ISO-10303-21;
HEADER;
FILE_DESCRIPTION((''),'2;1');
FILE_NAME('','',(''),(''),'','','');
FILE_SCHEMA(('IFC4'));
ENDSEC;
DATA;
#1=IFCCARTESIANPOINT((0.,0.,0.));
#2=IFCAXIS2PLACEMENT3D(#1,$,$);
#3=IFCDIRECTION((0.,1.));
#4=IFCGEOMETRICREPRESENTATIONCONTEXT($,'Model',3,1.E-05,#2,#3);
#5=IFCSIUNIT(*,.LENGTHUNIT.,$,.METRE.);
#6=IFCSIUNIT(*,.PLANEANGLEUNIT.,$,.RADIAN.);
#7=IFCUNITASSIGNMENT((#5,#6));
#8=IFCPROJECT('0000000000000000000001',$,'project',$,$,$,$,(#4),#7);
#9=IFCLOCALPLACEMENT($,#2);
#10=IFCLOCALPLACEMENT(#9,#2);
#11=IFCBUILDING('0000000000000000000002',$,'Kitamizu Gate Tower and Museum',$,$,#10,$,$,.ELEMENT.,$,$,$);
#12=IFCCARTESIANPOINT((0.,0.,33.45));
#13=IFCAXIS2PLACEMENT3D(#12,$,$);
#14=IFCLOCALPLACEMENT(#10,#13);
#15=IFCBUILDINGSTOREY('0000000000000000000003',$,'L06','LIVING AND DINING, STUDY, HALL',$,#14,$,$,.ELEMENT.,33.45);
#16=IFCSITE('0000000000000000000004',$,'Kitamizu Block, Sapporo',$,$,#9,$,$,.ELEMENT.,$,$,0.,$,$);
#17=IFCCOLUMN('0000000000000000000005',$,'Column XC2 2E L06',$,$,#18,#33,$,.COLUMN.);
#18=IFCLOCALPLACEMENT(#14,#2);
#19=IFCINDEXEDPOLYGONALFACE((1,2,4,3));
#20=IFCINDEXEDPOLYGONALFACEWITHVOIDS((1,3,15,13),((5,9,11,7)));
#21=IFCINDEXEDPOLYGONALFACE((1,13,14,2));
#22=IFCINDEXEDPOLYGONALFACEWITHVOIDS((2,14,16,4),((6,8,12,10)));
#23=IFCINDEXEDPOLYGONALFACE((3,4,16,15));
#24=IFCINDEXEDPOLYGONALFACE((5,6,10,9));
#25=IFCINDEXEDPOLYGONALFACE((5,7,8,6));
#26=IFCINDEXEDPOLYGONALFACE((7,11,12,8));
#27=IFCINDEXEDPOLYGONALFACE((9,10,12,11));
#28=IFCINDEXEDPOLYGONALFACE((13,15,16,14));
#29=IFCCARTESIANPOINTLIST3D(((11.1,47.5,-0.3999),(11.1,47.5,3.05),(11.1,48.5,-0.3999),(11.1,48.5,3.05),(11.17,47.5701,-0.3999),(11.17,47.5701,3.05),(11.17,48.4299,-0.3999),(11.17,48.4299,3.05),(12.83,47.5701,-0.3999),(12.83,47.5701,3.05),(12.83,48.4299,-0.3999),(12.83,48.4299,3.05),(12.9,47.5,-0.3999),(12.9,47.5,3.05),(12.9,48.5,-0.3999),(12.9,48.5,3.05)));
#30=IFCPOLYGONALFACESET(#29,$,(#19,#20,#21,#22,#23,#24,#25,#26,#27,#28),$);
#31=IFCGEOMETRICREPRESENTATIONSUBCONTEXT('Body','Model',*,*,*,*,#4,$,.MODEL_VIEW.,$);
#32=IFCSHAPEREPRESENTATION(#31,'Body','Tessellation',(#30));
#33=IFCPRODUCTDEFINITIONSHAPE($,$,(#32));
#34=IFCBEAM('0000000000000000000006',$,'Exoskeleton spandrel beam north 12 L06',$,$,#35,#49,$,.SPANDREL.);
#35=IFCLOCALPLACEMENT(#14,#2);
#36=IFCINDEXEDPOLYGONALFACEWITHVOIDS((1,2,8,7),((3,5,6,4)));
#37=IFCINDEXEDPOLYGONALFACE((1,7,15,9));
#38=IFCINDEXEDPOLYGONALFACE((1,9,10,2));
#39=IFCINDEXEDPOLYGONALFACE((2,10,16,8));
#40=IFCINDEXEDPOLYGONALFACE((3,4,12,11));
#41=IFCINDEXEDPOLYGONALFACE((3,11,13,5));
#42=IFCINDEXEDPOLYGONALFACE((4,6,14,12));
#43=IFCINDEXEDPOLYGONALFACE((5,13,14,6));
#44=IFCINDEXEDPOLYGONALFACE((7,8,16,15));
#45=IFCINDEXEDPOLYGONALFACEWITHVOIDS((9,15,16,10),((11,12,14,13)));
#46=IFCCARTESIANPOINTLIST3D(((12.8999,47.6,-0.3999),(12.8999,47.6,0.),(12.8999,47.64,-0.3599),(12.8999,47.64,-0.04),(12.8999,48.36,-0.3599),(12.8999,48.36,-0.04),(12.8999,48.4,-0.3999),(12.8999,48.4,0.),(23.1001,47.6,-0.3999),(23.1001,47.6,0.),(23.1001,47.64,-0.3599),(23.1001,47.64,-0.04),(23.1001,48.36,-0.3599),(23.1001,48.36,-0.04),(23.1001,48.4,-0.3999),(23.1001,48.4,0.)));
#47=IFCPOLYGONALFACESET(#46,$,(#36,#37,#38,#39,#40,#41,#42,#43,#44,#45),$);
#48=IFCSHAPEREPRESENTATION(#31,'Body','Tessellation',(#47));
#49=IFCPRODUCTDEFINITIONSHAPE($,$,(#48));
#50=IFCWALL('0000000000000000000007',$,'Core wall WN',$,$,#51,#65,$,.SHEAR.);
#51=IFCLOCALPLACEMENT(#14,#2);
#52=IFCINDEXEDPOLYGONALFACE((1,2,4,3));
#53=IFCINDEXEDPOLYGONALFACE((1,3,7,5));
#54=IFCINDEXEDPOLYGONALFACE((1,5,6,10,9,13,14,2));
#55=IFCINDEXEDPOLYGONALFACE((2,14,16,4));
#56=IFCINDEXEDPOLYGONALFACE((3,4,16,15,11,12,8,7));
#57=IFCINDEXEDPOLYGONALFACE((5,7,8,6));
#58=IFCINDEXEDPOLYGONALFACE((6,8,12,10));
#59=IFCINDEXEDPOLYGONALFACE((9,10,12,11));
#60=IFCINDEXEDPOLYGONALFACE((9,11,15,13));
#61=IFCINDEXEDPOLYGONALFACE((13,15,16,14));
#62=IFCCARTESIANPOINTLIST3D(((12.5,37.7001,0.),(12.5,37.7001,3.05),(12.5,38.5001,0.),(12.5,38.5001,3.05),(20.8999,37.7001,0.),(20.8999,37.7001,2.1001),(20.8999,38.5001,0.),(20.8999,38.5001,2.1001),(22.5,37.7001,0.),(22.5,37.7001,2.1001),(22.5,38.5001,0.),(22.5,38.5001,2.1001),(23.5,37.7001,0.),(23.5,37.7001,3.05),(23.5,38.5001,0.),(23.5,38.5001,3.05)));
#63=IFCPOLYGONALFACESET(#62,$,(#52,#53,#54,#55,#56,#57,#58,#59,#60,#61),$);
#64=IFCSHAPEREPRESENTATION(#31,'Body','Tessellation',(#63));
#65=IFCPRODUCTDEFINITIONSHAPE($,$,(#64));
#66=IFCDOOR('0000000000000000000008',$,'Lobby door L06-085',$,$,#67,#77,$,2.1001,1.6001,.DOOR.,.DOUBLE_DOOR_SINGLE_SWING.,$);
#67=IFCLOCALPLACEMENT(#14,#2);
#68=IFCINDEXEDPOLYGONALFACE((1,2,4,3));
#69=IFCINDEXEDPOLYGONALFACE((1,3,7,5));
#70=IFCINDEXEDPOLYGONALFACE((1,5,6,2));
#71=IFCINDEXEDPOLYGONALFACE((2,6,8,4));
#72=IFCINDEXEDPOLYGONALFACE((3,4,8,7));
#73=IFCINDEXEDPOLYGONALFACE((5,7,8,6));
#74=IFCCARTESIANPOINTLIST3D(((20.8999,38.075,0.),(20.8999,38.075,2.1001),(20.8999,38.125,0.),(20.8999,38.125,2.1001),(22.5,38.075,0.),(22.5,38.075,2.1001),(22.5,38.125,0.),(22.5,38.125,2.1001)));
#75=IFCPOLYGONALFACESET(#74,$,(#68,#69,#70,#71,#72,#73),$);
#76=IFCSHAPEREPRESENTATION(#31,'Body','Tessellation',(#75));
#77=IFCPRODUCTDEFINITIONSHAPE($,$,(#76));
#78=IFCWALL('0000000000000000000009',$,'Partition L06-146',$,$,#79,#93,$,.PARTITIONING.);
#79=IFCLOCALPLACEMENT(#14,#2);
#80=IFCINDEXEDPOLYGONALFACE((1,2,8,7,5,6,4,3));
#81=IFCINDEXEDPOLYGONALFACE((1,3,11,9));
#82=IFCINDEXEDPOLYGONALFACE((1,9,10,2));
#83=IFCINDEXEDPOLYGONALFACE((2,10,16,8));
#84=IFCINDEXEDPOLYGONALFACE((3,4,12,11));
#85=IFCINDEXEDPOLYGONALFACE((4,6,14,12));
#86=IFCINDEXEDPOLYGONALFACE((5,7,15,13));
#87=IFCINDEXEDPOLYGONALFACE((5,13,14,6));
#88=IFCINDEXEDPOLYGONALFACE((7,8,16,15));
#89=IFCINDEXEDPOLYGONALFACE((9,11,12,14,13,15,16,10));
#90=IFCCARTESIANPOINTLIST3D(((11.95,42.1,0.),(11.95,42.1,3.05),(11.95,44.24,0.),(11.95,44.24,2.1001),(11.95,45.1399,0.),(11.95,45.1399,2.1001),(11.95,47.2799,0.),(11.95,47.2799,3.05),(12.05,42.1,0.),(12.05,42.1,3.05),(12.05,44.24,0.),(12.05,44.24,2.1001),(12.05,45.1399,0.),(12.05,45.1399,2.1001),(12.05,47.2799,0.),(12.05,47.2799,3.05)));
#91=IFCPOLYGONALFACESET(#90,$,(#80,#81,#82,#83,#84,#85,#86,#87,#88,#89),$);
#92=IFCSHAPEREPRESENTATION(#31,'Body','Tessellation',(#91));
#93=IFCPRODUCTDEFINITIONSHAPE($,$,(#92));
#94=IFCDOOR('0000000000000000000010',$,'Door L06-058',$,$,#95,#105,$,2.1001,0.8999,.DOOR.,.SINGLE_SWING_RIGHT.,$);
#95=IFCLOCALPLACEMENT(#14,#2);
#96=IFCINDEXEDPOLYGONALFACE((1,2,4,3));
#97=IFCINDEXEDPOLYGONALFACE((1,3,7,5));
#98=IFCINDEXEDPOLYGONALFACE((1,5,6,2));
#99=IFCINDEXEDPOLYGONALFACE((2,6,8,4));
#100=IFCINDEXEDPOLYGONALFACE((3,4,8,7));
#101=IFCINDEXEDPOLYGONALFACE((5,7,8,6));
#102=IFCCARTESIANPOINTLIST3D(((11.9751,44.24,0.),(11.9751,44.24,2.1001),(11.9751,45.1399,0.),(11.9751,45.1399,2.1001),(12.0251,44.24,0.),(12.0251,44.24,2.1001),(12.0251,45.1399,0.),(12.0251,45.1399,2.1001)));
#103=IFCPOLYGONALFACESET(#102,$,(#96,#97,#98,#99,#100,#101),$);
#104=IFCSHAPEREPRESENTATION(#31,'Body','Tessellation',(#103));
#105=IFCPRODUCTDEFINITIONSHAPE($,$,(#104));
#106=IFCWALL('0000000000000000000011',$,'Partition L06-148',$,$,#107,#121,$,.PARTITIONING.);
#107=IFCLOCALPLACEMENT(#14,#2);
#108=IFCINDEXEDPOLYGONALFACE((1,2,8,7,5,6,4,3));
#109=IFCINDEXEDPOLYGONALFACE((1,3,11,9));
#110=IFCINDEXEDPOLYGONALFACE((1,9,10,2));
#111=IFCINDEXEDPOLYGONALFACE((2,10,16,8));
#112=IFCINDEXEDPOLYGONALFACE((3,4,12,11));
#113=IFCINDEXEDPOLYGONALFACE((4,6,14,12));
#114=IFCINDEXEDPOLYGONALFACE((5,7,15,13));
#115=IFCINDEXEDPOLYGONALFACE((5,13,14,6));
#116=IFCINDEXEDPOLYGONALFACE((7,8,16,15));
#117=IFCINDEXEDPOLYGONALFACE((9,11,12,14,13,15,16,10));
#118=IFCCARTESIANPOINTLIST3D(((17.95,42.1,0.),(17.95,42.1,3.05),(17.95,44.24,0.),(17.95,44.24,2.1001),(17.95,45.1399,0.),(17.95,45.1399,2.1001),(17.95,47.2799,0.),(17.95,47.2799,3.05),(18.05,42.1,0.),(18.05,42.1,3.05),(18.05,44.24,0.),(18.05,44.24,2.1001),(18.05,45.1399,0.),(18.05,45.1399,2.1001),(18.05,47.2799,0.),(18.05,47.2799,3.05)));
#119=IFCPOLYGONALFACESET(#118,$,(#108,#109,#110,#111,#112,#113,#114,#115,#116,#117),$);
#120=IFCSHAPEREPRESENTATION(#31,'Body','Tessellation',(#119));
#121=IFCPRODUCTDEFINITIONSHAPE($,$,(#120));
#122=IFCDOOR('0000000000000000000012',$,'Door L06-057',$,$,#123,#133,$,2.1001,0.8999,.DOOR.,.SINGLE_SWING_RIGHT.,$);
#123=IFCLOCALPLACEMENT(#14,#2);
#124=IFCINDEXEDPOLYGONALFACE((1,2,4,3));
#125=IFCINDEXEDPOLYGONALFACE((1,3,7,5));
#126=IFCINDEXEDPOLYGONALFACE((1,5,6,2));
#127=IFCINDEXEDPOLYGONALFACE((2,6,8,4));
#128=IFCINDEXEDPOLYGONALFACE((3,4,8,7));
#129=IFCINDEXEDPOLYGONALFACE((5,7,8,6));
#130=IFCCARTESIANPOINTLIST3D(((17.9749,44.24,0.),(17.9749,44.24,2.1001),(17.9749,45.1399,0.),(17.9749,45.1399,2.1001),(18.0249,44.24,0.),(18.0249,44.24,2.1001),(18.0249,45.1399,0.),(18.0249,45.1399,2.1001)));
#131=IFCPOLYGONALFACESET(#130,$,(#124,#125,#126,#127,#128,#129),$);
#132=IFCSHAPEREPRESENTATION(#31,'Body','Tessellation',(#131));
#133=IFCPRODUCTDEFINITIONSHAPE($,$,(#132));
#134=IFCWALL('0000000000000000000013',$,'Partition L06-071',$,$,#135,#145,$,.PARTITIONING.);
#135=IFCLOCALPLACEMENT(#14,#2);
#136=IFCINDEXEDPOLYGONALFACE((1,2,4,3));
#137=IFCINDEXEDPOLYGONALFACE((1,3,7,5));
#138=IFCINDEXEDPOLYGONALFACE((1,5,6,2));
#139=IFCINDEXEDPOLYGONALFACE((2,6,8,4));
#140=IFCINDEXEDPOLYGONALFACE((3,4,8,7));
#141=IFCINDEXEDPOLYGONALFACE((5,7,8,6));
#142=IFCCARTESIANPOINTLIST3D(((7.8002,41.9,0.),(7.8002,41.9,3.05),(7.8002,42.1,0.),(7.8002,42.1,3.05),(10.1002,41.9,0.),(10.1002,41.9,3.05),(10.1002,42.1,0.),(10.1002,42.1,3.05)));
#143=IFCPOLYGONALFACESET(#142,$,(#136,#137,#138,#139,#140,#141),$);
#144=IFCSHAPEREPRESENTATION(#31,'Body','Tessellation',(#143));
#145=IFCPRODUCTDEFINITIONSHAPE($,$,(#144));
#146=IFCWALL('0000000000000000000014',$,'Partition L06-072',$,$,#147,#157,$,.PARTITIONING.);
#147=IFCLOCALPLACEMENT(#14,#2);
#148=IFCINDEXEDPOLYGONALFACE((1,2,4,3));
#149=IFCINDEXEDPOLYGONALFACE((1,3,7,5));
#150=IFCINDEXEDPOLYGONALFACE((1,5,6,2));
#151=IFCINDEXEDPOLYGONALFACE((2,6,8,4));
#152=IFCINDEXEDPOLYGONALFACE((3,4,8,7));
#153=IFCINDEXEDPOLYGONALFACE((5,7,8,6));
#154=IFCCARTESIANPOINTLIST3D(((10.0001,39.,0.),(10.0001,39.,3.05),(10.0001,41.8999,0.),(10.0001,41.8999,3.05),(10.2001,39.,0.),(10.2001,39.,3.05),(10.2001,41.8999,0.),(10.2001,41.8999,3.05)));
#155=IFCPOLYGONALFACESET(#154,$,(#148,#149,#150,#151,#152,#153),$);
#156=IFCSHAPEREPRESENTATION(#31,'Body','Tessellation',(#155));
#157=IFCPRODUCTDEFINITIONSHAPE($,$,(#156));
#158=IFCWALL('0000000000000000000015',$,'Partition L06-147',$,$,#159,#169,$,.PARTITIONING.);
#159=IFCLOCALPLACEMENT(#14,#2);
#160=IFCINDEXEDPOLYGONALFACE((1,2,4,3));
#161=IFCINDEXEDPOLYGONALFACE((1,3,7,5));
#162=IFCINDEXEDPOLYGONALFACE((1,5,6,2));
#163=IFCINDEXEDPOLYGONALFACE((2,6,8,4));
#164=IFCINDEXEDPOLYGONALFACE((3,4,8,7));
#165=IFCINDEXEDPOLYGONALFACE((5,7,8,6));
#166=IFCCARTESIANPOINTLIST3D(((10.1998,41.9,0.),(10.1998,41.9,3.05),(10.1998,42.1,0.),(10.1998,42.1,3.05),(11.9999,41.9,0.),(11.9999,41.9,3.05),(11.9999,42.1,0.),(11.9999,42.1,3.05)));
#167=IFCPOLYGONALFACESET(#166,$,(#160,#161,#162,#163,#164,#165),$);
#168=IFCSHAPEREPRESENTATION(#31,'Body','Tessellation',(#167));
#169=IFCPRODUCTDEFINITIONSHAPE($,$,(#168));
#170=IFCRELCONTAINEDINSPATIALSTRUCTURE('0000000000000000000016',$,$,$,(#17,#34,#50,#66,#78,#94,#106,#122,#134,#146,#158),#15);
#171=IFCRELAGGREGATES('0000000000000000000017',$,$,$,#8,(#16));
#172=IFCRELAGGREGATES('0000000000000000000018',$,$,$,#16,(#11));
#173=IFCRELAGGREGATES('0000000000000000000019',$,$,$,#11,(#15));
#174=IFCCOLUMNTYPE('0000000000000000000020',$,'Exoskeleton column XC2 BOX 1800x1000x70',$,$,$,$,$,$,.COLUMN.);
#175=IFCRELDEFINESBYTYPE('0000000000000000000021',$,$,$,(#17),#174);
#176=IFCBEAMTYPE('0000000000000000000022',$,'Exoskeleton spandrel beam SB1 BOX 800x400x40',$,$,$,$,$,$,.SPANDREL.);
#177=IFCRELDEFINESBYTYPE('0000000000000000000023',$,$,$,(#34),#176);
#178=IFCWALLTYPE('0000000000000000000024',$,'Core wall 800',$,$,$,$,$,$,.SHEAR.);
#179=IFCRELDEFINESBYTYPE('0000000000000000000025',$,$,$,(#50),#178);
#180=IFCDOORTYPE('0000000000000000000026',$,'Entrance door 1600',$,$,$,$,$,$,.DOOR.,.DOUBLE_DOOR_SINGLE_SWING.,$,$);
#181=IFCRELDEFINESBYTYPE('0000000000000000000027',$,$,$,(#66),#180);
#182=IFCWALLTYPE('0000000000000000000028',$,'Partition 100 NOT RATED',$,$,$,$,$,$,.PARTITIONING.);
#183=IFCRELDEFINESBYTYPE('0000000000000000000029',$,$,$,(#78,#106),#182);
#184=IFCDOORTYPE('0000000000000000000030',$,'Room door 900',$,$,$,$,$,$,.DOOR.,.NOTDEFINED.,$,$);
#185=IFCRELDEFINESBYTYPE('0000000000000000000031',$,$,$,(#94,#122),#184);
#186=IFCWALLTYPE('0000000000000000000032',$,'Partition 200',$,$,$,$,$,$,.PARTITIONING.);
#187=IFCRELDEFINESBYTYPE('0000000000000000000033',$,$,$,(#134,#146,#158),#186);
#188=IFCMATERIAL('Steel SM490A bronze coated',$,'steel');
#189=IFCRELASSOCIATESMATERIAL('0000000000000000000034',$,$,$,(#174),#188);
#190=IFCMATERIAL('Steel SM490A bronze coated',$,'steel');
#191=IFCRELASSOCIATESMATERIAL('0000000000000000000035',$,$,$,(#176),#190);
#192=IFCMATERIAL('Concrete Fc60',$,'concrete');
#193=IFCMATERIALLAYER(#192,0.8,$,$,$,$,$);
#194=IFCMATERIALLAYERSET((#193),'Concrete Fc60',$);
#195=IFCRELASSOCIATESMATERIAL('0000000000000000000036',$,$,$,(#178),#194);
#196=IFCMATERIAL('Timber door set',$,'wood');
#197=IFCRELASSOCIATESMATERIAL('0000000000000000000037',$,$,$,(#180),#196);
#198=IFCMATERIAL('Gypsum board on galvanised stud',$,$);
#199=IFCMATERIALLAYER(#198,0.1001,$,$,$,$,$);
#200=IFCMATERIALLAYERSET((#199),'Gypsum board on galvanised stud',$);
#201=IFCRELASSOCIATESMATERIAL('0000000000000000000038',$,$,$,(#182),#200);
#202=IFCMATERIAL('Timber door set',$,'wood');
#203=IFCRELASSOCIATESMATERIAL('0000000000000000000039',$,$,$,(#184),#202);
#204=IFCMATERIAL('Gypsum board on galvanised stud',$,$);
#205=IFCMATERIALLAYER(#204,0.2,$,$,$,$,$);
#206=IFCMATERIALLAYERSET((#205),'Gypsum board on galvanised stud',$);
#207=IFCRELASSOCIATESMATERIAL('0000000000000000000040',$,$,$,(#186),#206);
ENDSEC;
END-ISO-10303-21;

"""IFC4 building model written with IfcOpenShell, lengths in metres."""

from ifc_helpers import new_model, si_unit, direction, frame, frame_2d, origin, origin_2d, place, context, subcontext, project, spatial, rectangle, hollow_rectangle, extrude, material, layer, layer_set, material_profile, profile_set, type_object, element, fill, save


model = new_model("IFC4")

# Units and contexts
model_context = context("Model", 3, precision=1e-05, world=origin(), true_north=direction((0.0, 1.0)))
body_context = subcontext(model_context, "Body", "Model", "MODEL_VIEW")
ifc_project = project(units=[si_unit("LENGTHUNIT", "METRE"), si_unit("PLANEANGLEUNIT", "RADIAN")], contexts=[model_context])

# Site, building, storey
site_placement = place(None, origin())
site = spatial("IfcSite", under=ifc_project, at=site_placement, Name="Kitamizu Block, Sapporo", CompositionType="ELEMENT", RefElevation=0.0)
building_placement = place(site_placement, origin())
building = spatial("IfcBuilding", under=site, at=building_placement, Name="Kitamizu Gate Tower and Museum", CompositionType="ELEMENT")
storey_placement = place(building_placement, frame((0.0, 0.0, 33.45)))
storey = spatial("IfcBuildingStorey", under=building, at=storey_placement, Name="L06", Description="LIVING AND DINING, STUDY, HALL", CompositionType="ELEMENT", Elevation=33.45)

# Column
ifc_material_1 = material(Name="Steel SM490A bronze coated", Category="steel")
ifc_material_profile_1 = material_profile(ifc_material_1, hollow_rectangle(XDim=1.8, YDim=1.0, WallThickness=0.0701, at=origin_2d()), Name="BOX 1800x1000x70")
ifc_profile_set_1 = profile_set([ifc_material_profile_1], Name="Steel SM490A bronze coated")
column_type = type_object("IfcColumnType", Name="Exoskeleton column XC2 BOX 1800x1000x70", PredefinedType="COLUMN", material=ifc_profile_set_1)
column_placement = place(storey_placement, frame((12.0, 48.0, -0.3999), z_axis=(0.0, 0.0, 1.0), x_axis=(1.0, 0.0, 0.0)))
element("IfcColumn", 1, at=column_placement, inside=storey, type_object=column_type, Name="Column XC2 2E L06", PredefinedType="COLUMN", context=body_context, shape_type="SweptSolid", body=[
    extrude(hollow_rectangle(XDim=1.8, YDim=1.0, WallThickness=0.0701, at=origin_2d()), origin(), (0.0, 0.0, 1.0), 3.45),
])

# Beam
ifc_material_2 = material(Name="Steel SM490A bronze coated", Category="steel")
ifc_material_profile_2 = material_profile(ifc_material_2, hollow_rectangle(XDim=0.8, YDim=0.3999, WallThickness=0.04, at=origin_2d()), Name="BOX 800x400x40")
ifc_profile_set_2 = profile_set([ifc_material_profile_2], Name="Steel SM490A bronze coated")
beam_type = type_object("IfcBeamType", Name="Exoskeleton spandrel beam SB1 BOX 800x400x40", PredefinedType="SPANDREL", material=ifc_profile_set_2)
beam_placement = place(storey_placement, frame((12.8999, 48.0, -0.2), z_axis=(1.0, 0.0, 0.0), x_axis=(0.0, 1.0, 0.0)))
element("IfcBeam", 2, at=beam_placement, inside=storey, type_object=beam_type, Name="Exoskeleton spandrel beam north 12 L06", PredefinedType="SPANDREL", context=body_context, shape_type="SweptSolid", body=[
    extrude(hollow_rectangle(XDim=0.8, YDim=0.3999, WallThickness=0.04, at=origin_2d()), origin(), (0.0, 0.0, 1.0), 10.2002),
])

# Walls, openings, doors
ifc_material_3 = material(Name="Concrete Fc60", Category="concrete")
ifc_layer_1 = layer(ifc_material_3, 0.8)
ifc_layer_set_1 = layer_set([ifc_layer_1], Name="Concrete Fc60")
wall_type_1 = type_object("IfcWallType", Name="Core wall 800", PredefinedType="SHEAR", material=ifc_layer_set_1)
wall_1_placement = place(storey_placement, frame((12.5, 38.1001, 0.0), z_axis=(0.0, 0.0, 1.0), x_axis=(1.0, 0.0, 0.0)))
wall_1 = element("IfcWall", 3, at=wall_1_placement, inside=storey, type_object=wall_type_1, Name="Core wall WN", PredefinedType="SHEAR", context=body_context, shape_type="SweptSolid", body=[
    extrude(rectangle(XDim=11.0, YDim=0.8, at=frame_2d((5.5, 0.0))), origin(), (0.0, 0.0, 1.0), 3.05),
])
opening_1_placement = place(wall_1_placement, frame((8.3999, 0.0, 0.0)))
opening_1 = element("IfcOpeningElement", 4, at=opening_1_placement, cuts=wall_1, PredefinedType="OPENING", context=body_context, shape_type="SweptSolid", body=[
    extrude(rectangle(XDim=1.6001, YDim=2.1001, at=frame_2d((0.8, 1.05))), frame((0.0, 0.4102, 0.0), z_axis=(0.0, -1.0, 0.0), x_axis=(1.0, 0.0, 0.0)), (0.0, 0.0, 1.0), 0.8201),
])
ifc_material_4 = material(Name="Timber door set", Category="wood")
door_type_1 = type_object("IfcDoorType", Name="Entrance door 1600", OperationType="DOUBLE_DOOR_SINGLE_SWING", PredefinedType="DOOR", material=ifc_material_4)
door_1_placement = place(opening_1_placement, origin())
door_1 = element("IfcDoor", 5, at=door_1_placement, inside=storey, type_object=door_type_1, Name="Lobby door L06-085", OperationType="DOUBLE_DOOR_SINGLE_SWING", OverallHeight=2.1001, OverallWidth=1.6001, PredefinedType="DOOR", context=body_context, shape_type="SweptSolid", body=[
    extrude(rectangle(XDim=1.6001, YDim=2.1001, at=frame_2d((0.8, 1.05))), frame((0.0, 0.0249, 0.0), z_axis=(0.0, -1.0, 0.0), x_axis=(1.0, 0.0, 0.0)), (0.0, 0.0, 1.0), 0.05),
])
fill(opening_1, door_1)
ifc_material_5 = material(Name="Gypsum board on galvanised stud")
ifc_layer_2 = layer(ifc_material_5, 0.1001)
ifc_layer_set_2 = layer_set([ifc_layer_2], Name="Gypsum board on galvanised stud")
wall_type_2 = type_object("IfcWallType", Name="Partition 100 NOT RATED", PredefinedType="PARTITIONING", material=ifc_layer_set_2)
wall_2_placement = place(storey_placement, frame((12.0, 42.1001, 0.0), z_axis=(0.0, 0.0, 1.0), x_axis=(0.0, 1.0, 0.0)))
wall_2 = element("IfcWall", 6, at=wall_2_placement, inside=storey, type_object=wall_type_2, Name="Partition L06-146", PredefinedType="PARTITIONING", context=body_context, shape_type="SweptSolid", body=[
    extrude(rectangle(XDim=5.1799, YDim=0.1001, at=frame_2d((2.5898, 0.0))), origin(), (0.0, 0.0, 1.0), 3.05),
])
opening_2_placement = place(wall_2_placement, frame((2.1399, 0.0, 0.0)))
opening_2 = element("IfcOpeningElement", 7, at=opening_2_placement, cuts=wall_2, PredefinedType="OPENING", context=body_context, shape_type="SweptSolid", body=[
    extrude(rectangle(XDim=0.8999, YDim=2.1001, at=frame_2d((0.45, 1.05))), frame((0.0, 0.0601, 0.0), z_axis=(0.0, -1.0, 0.0), x_axis=(1.0, 0.0, 0.0)), (0.0, 0.0, 1.0), 0.1201),
])
ifc_material_6 = material(Name="Timber door set", Category="wood")
door_type_2 = type_object("IfcDoorType", Name="Room door 900", OperationType="NOTDEFINED", PredefinedType="DOOR", material=ifc_material_6)
door_2_placement = place(opening_2_placement, origin())
door_2 = element("IfcDoor", 8, at=door_2_placement, inside=storey, type_object=door_type_2, Name="Door L06-058", OperationType="SINGLE_SWING_RIGHT", OverallHeight=2.1001, OverallWidth=0.8999, PredefinedType="DOOR", context=body_context, shape_type="SweptSolid", body=[
    extrude(rectangle(XDim=0.8999, YDim=2.1001, at=frame_2d((0.45, 1.05))), frame((0.0, 0.0249, 0.0), z_axis=(0.0, -1.0, 0.0), x_axis=(1.0, 0.0, 0.0)), (0.0, 0.0, 1.0), 0.05),
])
fill(opening_2, door_2)
wall_3_placement = place(storey_placement, frame((18.0, 42.1001, 0.0), z_axis=(0.0, 0.0, 1.0), x_axis=(0.0, 1.0, 0.0)))
wall_3 = element("IfcWall", 9, at=wall_3_placement, inside=storey, type_object=wall_type_2, Name="Partition L06-148", PredefinedType="PARTITIONING", context=body_context, shape_type="SweptSolid", body=[
    extrude(rectangle(XDim=5.1799, YDim=0.1001, at=frame_2d((2.5898, 0.0))), origin(), (0.0, 0.0, 1.0), 3.05),
])
opening_3_placement = place(wall_3_placement, frame((2.1399, 0.0, 0.0)))
opening_3 = element("IfcOpeningElement", 10, at=opening_3_placement, cuts=wall_3, PredefinedType="OPENING", context=body_context, shape_type="SweptSolid", body=[
    extrude(rectangle(XDim=0.8999, YDim=2.1001, at=frame_2d((0.45, 1.05))), frame((0.0, 0.0601, 0.0), z_axis=(0.0, -1.0, 0.0), x_axis=(1.0, 0.0, 0.0)), (0.0, 0.0, 1.0), 0.1201),
])
door_3_placement = place(opening_3_placement, frame((0.8999, 0.0, 0.0), x_axis=(-1.0, 0.0, 0.0)))
door_3 = element("IfcDoor", 11, at=door_3_placement, inside=storey, type_object=door_type_2, Name="Door L06-057", OperationType="SINGLE_SWING_RIGHT", OverallHeight=2.1001, OverallWidth=0.8999, PredefinedType="DOOR", context=body_context, shape_type="SweptSolid", body=[
    extrude(rectangle(XDim=0.8999, YDim=2.1001, at=frame_2d((0.45, 1.05))), frame((0.0, 0.0249, 0.0), z_axis=(0.0, -1.0, 0.0), x_axis=(1.0, 0.0, 0.0)), (0.0, 0.0, 1.0), 0.05),
])
fill(opening_3, door_3)

# Walls
ifc_material_7 = material(Name="Gypsum board on galvanised stud")
ifc_layer_3 = layer(ifc_material_7, 0.2)
ifc_layer_set_3 = layer_set([ifc_layer_3], Name="Gypsum board on galvanised stud")
wall_type_3 = type_object("IfcWallType", Name="Partition 200", PredefinedType="PARTITIONING", material=ifc_layer_set_3)
wall_4_placement = place(storey_placement, frame((10.1001, 42.0, 0.0), z_axis=(0.0, 0.0, 1.0), x_axis=(-1.0, 0.0, 0.0)))
element("IfcWall", 12, at=wall_4_placement, inside=storey, type_object=wall_type_3, Name="Partition L06-071", PredefinedType="PARTITIONING", context=body_context, shape_type="SweptSolid", body=[
    extrude(rectangle(XDim=2.3, YDim=0.2, at=frame_2d((1.1499, 0.0))), origin(), (0.0, 0.0, 1.0), 3.05),
])
wall_5_placement = place(storey_placement, frame((10.1001, 39.0, 0.0), z_axis=(0.0, 0.0, 1.0), x_axis=(0.0, 1.0, 0.0)))
element("IfcWall", 13, at=wall_5_placement, inside=storey, type_object=wall_type_3, Name="Partition L06-072", PredefinedType="PARTITIONING", context=body_context, shape_type="SweptSolid", body=[
    extrude(rectangle(XDim=2.8999, YDim=0.2, at=frame_2d((1.45, 0.0))), origin(), (0.0, 0.0, 1.0), 3.05),
])
wall_6_placement = place(storey_placement, frame((10.2, 42.0, 0.0), z_axis=(0.0, 0.0, 1.0), x_axis=(1.0, 0.0, 0.0)))
element("IfcWall", 14, at=wall_6_placement, inside=storey, type_object=wall_type_3, Name="Partition L06-147", PredefinedType="PARTITIONING", context=body_context, shape_type="SweptSolid", body=[
    extrude(rectangle(XDim=1.8, YDim=0.2, at=frame_2d((0.8999, 0.0))), origin(), (0.0, 0.0, 1.0), 3.05),
])

save(model, "model.ifc")
